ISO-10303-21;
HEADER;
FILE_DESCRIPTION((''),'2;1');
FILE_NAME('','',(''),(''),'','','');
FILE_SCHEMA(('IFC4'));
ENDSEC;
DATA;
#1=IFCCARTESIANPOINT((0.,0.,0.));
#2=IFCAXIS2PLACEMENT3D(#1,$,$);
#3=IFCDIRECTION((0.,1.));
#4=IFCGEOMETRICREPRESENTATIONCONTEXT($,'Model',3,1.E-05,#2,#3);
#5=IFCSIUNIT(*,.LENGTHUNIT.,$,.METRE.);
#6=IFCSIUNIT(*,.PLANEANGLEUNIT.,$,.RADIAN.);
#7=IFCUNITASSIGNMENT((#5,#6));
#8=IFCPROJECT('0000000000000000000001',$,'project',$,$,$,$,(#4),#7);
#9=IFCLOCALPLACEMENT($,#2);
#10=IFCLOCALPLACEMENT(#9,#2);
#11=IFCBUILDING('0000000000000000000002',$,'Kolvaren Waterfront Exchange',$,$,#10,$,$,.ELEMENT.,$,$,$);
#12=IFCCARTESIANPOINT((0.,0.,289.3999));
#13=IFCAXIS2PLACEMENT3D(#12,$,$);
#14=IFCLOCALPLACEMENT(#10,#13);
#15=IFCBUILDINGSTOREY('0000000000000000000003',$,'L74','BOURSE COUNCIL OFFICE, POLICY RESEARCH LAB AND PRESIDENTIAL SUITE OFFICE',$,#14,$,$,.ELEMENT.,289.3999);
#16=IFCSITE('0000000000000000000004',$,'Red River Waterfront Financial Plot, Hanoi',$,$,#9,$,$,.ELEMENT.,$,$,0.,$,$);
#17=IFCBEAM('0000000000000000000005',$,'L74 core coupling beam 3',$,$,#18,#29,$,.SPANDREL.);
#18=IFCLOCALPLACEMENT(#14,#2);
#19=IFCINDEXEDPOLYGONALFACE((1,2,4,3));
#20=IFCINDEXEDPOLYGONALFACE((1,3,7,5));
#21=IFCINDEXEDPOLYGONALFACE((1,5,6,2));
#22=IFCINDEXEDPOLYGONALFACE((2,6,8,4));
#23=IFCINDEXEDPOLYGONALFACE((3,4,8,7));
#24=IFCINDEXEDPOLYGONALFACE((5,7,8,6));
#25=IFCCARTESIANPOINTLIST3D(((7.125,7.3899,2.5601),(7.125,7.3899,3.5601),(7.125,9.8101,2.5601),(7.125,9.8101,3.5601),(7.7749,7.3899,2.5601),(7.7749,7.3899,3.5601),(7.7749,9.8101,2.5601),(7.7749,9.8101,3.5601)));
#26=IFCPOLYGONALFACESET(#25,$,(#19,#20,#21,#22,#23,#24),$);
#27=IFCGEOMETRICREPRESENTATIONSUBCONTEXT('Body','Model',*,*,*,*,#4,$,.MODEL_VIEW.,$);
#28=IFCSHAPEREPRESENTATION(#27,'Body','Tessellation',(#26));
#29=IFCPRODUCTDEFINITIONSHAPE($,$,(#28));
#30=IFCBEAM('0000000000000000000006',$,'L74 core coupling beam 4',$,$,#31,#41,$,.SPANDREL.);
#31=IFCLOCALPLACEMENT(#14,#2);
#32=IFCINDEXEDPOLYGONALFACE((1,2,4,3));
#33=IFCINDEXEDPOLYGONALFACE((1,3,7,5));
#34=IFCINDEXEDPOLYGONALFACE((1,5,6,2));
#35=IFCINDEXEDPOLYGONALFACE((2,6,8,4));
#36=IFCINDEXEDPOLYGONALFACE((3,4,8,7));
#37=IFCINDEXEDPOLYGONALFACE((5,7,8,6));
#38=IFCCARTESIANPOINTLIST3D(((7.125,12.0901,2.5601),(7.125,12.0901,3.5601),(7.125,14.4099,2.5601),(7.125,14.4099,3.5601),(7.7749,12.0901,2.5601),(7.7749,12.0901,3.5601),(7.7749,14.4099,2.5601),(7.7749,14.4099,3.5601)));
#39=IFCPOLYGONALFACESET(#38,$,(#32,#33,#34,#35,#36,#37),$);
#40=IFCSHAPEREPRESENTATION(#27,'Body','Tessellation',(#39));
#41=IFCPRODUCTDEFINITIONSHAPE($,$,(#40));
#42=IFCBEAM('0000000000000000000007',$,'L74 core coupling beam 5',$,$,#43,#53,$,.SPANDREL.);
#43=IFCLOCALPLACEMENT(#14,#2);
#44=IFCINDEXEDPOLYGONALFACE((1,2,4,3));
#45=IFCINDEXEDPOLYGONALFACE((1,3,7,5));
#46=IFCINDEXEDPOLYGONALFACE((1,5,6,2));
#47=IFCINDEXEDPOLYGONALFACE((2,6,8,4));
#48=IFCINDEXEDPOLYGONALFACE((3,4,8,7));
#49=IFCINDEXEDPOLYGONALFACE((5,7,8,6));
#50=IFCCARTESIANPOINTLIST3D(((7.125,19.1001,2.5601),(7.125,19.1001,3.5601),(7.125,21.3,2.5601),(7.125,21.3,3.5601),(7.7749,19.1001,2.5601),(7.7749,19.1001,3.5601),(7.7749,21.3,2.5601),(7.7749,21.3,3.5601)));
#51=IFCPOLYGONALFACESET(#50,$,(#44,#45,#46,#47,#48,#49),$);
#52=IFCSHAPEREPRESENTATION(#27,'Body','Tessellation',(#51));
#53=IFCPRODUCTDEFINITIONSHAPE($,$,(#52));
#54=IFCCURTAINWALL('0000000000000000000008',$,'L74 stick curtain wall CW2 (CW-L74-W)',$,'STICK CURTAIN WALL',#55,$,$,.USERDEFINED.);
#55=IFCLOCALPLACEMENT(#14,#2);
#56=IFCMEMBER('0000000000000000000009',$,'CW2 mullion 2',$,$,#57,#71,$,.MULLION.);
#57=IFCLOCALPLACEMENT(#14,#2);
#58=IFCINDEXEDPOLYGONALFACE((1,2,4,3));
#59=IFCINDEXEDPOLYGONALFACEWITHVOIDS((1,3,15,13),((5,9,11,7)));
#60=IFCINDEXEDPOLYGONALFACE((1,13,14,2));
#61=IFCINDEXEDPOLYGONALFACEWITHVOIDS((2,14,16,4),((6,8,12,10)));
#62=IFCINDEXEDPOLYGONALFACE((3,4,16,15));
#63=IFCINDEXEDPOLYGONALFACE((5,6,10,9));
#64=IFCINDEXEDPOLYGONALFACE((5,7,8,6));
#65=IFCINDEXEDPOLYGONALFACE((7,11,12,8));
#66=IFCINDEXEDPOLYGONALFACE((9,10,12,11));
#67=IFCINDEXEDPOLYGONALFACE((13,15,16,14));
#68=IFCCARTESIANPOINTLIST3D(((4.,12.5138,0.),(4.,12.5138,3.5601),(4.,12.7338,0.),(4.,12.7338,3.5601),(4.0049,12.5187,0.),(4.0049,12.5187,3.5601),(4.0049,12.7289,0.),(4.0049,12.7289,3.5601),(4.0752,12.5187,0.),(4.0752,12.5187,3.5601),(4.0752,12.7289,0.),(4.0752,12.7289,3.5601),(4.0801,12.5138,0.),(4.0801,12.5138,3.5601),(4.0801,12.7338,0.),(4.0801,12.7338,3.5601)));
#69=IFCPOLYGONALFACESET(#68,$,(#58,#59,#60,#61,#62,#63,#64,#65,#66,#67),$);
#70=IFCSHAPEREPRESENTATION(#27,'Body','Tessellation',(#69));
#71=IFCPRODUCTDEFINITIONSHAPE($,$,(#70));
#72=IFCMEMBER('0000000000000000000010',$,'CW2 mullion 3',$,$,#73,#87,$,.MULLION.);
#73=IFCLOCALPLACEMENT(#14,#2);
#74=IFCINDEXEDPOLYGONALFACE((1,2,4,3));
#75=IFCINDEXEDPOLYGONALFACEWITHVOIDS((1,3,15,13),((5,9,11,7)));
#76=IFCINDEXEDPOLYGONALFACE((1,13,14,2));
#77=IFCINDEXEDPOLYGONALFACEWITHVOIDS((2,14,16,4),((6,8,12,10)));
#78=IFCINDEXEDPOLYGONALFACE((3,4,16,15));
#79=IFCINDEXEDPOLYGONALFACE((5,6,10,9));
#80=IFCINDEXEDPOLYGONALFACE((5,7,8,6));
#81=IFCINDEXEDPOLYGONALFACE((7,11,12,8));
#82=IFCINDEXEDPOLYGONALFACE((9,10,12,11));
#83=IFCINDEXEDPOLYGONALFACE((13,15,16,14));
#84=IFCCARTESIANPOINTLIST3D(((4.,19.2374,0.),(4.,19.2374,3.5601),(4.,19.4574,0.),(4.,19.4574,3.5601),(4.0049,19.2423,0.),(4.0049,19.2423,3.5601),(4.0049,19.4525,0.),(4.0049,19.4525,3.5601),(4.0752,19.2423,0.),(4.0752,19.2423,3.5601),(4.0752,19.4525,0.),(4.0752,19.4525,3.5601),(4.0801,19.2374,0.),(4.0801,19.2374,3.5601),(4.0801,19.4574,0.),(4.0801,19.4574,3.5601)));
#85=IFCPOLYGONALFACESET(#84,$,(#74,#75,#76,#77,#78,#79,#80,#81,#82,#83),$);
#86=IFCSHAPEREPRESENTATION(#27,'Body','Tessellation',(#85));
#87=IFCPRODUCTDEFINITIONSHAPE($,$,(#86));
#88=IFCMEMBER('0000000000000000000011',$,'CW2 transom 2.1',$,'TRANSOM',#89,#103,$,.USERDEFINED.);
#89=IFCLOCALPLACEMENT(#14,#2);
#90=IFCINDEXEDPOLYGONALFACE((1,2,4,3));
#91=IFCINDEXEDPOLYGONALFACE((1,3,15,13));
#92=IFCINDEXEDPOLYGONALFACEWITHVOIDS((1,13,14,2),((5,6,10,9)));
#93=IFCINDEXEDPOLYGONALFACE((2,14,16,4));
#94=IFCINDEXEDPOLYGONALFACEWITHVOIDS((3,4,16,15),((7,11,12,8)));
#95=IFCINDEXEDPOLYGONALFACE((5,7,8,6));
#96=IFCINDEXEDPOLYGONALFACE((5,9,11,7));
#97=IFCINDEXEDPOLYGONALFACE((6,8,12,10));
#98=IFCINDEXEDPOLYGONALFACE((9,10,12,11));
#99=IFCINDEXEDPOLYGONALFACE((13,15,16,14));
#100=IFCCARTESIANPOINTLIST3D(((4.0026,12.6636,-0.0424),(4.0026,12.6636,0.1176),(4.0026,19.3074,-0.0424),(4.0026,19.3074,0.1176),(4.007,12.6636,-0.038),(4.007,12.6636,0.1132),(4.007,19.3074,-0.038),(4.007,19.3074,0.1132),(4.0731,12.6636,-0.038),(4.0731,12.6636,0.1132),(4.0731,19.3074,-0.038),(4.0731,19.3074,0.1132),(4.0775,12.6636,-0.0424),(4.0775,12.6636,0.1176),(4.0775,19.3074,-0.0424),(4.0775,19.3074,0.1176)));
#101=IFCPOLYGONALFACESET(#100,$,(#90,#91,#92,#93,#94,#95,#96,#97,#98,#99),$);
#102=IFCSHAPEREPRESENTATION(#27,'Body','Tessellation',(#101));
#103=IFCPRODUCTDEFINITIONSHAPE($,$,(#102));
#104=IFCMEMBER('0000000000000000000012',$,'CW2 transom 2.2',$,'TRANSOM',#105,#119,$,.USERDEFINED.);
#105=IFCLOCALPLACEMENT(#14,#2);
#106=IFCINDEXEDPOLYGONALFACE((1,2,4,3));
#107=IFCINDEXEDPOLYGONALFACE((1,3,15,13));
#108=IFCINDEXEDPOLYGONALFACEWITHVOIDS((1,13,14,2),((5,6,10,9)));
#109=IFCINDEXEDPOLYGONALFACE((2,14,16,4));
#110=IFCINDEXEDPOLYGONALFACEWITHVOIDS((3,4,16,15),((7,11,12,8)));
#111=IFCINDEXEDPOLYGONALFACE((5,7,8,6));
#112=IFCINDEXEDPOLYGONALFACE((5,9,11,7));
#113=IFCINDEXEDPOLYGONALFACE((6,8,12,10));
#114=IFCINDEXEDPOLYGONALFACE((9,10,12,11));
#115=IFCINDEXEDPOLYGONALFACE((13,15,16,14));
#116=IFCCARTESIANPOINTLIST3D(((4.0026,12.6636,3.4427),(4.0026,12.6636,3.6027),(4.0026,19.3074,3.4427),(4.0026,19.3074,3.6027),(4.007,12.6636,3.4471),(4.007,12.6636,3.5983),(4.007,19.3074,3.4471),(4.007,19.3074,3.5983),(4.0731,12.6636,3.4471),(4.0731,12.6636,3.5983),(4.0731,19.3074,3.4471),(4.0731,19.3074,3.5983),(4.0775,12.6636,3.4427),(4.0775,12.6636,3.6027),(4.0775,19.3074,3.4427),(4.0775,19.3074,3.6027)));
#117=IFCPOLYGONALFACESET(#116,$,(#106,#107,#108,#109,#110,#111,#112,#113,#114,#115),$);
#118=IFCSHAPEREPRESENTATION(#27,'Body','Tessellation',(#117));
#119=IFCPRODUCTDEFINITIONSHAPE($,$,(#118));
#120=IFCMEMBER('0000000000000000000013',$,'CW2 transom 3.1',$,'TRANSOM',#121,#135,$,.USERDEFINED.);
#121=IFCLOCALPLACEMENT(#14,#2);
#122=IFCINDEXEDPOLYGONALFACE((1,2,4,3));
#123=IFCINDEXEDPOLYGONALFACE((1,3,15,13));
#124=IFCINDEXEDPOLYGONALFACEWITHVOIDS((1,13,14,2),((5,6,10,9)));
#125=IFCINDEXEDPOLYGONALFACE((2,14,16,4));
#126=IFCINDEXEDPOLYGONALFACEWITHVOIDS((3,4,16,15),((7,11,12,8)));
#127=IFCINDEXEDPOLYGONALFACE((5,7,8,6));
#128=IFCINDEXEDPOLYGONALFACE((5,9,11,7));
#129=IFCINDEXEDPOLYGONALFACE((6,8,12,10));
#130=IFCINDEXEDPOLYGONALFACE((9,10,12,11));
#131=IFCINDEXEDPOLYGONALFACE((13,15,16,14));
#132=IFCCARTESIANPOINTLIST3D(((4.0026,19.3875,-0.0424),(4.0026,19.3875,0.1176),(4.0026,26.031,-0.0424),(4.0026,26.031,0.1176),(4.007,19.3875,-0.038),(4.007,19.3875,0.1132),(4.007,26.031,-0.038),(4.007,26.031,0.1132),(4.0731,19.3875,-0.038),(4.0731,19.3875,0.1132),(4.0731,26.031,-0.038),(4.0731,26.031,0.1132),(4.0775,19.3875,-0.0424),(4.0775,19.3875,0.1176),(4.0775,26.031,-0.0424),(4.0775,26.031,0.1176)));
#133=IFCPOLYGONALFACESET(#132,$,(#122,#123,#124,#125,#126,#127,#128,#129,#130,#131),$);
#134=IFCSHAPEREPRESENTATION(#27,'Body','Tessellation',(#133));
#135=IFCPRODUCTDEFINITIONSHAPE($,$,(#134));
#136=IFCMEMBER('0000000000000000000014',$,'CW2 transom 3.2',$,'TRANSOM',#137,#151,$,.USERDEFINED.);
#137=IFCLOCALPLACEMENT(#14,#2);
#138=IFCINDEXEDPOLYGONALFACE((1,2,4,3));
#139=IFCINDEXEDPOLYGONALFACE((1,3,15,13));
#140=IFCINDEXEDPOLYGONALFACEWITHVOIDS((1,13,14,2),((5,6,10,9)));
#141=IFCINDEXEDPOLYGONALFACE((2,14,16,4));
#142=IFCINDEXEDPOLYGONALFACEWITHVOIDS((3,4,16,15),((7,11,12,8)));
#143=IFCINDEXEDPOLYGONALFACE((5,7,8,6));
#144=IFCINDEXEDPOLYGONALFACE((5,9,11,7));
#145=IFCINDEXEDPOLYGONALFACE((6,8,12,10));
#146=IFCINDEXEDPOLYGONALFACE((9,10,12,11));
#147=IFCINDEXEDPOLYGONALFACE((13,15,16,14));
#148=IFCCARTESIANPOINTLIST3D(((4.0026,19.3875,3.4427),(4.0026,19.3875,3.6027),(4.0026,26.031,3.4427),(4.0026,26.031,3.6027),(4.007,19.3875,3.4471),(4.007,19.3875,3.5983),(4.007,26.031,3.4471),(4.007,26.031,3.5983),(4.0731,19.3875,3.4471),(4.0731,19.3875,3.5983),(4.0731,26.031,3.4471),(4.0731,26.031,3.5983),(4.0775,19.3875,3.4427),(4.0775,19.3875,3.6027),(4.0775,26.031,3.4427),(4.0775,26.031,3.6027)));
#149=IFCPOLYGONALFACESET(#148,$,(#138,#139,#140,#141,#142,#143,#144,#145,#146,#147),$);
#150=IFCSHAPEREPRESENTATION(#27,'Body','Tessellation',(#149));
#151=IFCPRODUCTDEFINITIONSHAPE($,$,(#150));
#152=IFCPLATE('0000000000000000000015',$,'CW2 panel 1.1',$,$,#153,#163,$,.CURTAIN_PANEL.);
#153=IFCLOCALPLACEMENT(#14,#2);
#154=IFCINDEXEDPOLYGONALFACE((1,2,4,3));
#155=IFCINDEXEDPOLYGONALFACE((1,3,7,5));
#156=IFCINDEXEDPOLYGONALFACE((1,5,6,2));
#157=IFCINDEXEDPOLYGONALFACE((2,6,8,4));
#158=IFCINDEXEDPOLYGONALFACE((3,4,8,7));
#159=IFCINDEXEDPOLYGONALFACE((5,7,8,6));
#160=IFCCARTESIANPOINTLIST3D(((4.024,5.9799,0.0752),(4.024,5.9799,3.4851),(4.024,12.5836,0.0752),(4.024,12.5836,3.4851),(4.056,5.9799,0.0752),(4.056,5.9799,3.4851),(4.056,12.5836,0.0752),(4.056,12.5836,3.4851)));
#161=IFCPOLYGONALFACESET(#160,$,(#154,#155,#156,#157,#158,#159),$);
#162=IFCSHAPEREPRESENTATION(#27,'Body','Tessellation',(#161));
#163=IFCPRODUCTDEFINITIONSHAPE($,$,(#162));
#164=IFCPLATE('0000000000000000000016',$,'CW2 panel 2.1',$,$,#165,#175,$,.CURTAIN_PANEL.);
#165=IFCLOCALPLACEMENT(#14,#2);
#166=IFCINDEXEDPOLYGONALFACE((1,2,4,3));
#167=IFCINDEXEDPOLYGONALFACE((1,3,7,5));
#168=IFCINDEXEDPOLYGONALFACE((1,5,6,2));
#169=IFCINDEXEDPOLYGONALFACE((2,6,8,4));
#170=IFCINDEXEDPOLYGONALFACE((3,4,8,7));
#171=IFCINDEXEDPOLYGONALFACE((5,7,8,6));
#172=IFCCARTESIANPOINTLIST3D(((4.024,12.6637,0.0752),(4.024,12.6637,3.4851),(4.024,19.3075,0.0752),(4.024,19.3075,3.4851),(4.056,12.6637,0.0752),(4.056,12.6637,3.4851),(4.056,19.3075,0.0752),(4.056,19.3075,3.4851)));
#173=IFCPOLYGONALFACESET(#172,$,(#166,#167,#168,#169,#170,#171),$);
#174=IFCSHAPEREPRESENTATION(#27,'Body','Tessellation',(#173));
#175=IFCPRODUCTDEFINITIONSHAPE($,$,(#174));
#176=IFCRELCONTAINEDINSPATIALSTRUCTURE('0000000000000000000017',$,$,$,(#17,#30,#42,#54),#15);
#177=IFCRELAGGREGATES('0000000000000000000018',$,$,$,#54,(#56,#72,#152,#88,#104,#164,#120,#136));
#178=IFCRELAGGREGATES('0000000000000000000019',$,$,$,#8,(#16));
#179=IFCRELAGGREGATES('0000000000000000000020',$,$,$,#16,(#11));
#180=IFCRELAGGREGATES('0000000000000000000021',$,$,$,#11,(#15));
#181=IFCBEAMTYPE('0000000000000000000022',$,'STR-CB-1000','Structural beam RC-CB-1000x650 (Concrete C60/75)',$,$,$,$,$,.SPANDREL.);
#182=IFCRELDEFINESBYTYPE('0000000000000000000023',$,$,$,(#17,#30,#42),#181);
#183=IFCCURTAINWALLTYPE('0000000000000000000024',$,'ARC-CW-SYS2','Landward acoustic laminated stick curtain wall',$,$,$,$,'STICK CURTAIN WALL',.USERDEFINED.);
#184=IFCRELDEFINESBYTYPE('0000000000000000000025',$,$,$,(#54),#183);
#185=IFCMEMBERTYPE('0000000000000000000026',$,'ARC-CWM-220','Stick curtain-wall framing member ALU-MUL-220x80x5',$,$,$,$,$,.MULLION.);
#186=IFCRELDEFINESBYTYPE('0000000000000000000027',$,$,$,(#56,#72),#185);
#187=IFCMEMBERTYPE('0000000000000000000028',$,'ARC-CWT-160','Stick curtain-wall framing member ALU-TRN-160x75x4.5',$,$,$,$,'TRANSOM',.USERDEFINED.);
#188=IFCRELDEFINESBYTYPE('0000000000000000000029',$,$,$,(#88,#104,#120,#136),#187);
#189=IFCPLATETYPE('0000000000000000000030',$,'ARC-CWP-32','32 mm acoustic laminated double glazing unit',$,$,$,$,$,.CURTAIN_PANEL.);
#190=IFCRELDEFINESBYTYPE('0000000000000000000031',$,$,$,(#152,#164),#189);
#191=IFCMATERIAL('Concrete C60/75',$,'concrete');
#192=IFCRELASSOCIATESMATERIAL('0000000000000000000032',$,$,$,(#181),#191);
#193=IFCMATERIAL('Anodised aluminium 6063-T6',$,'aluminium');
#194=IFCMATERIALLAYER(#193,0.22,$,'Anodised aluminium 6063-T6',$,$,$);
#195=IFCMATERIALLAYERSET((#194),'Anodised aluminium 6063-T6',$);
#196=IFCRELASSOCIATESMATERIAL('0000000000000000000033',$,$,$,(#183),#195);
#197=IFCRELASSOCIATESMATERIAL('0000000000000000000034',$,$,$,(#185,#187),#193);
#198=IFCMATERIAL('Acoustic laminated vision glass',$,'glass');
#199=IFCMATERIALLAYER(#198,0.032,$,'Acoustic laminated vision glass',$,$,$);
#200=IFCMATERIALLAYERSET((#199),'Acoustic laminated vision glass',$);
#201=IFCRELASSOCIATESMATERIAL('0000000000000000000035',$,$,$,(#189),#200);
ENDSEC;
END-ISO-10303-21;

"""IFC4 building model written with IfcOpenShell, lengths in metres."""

from ifc_helpers import new_model, si_unit, direction, frame, origin, origin_with_axes, origin_2d, place, context, subcontext, project, spatial, rectangle, hollow_rectangle, extrude, source, transform, mapped, material, layer, layer_set, material_profile, profile_set, type_object, element, aggregate, save


model = new_model("IFC4")

# Units and contexts
model_context = context("Model", 3, precision=1e-05, world=origin(), true_north=direction((0.0, 1.0)))
body_context = subcontext(model_context, "Body", "Model", "MODEL_VIEW")
ifc_project = project(units=[si_unit("LENGTHUNIT", "METRE"), si_unit("PLANEANGLEUNIT", "RADIAN")], contexts=[model_context])

# Site, building, storey
site_placement = place(None, origin())
site = spatial("IfcSite", under=ifc_project, at=site_placement, Name="Red River Waterfront Financial Plot, Hanoi", CompositionType="ELEMENT", RefElevation=0.0)
building_placement = place(site_placement, origin())
building = spatial("IfcBuilding", under=site, at=building_placement, Name="Kolvaren Waterfront Exchange", CompositionType="ELEMENT")
storey_placement = place(building_placement, frame((0.0, 0.0, 289.3999)))
storey = spatial("IfcBuildingStorey", under=building, at=storey_placement, Name="L74", Description="BOURSE COUNCIL OFFICE, POLICY RESEARCH LAB AND PRESIDENTIAL SUITE OFFICE", CompositionType="ELEMENT", Elevation=289.3999)

# Beams
ifc_material_1 = material(Name="Concrete C60/75", Category="concrete")
ifc_material_profile_1 = material_profile(ifc_material_1, rectangle(XDim=0.6499, YDim=1.0, at=origin_2d()), Name="RC-CB-1000x650")
ifc_profile_set_1 = profile_set([ifc_material_profile_1], Name="Concrete C60/75")
beam_type = type_object("IfcBeamType", Name="STR-CB-1000", Description="Structural beam RC-CB-1000x650 (Concrete C60/75)", PredefinedType="SPANDREL", material=ifc_profile_set_1)
beam_1_placement = place(storey_placement, frame((7.45, 7.3899, 3.0601), z_axis=(0.0, 1.0, 0.0), x_axis=(-1.0, 0.0, 0.0)))
element("IfcBeam", 1, at=beam_1_placement, inside=storey, type_object=beam_type, Name="L74 core coupling beam 3", PredefinedType="SPANDREL", context=body_context, shape_type="SweptSolid", body=[
    extrude(rectangle(XDim=0.6499, YDim=1.0, at=origin_2d()), origin(), (0.0, 0.0, 1.0), 2.4202),
])
beam_2_placement = place(storey_placement, frame((7.45, 12.0901, 3.0601), z_axis=(0.0, 1.0, 0.0), x_axis=(-1.0, 0.0, 0.0)))
element("IfcBeam", 2, at=beam_2_placement, inside=storey, type_object=beam_type, Name="L74 core coupling beam 4", PredefinedType="SPANDREL", context=body_context, shape_type="SweptSolid", body=[
    extrude(rectangle(XDim=0.6499, YDim=1.0, at=origin_2d()), origin(), (0.0, 0.0, 1.0), 2.3198),
])
beam_3_placement = place(storey_placement, frame((7.45, 19.1001, 3.0601), z_axis=(0.0, 1.0, 0.0), x_axis=(-1.0, 0.0, 0.0)))
element("IfcBeam", 3, at=beam_3_placement, inside=storey, type_object=beam_type, Name="L74 core coupling beam 5", PredefinedType="SPANDREL", context=body_context, shape_type="SweptSolid", body=[
    extrude(rectangle(XDim=0.6499, YDim=1.0, at=origin_2d()), origin(), (0.0, 0.0, 1.0), 2.2),
])

# Curtain wall, members, plates
ifc_material_2 = material(Name="Anodised aluminium 6063-T6", Category="aluminium")
ifc_layer_1 = layer(ifc_material_2, 0.22, Name="Anodised aluminium 6063-T6")
ifc_layer_set_1 = layer_set([ifc_layer_1], Name="Anodised aluminium 6063-T6")
curtain_wall_type = type_object("IfcCurtainWallType", Name="ARC-CW-SYS2", Description="Landward acoustic laminated stick curtain wall", ElementType="STICK CURTAIN WALL", PredefinedType="USERDEFINED", material=ifc_layer_set_1)
curtain_wall_placement = place(storey_placement, origin())
curtain_wall = element("IfcCurtainWall", 4, at=curtain_wall_placement, inside=storey, type_object=curtain_wall_type, Name="L74 stick curtain wall CW2 (CW-L74-W)", ObjectType="STICK CURTAIN WALL", PredefinedType="USERDEFINED")
ifc_material_profile_2 = material_profile(ifc_material_2, hollow_rectangle(XDim=0.0801, YDim=0.22, WallThickness=0.0049, at=origin_2d()), Name="ALU-MUL-220x80x5")
ifc_profile_set_2 = profile_set([ifc_material_profile_2], Name="Anodised aluminium 6063-T6")
member_type_1 = type_object("IfcMemberType", Name="ARC-CWM-220", Description="Stick curtain-wall framing member ALU-MUL-220x80x5", PredefinedType="MULLION", material=ifc_profile_set_2)
shared_shape_1 = source(origin_with_axes(), body_context, "Body", "SweptSolid", [
    extrude(hollow_rectangle(XDim=0.0801, YDim=0.22, WallThickness=0.0049, at=origin_2d()), origin(), (0.0, 0.0, 1.0), 3.5601),
])
member_1_placement = place(storey_placement, frame((4.04, 12.6238, 0.0), z_axis=(0.0, 0.0, 1.0), x_axis=(-1.0, 0.0, 0.0)))
member_1 = element("IfcMember", 5, at=member_1_placement, type_object=member_type_1, Name="CW2 mullion 2", PredefinedType="MULLION", context=body_context, shape_type="MappedRepresentation", body=[
    mapped(shared_shape_1, transform((0.0, 0.0, 0.0), x_axis=(1.0, 0.0, 0.0), y_axis=(0.0, 1.0, 0.0), z_axis=(0.0, 0.0, 1.0), scale=1.0)),
])
member_2_placement = place(storey_placement, frame((4.04, 19.3474, 0.0), z_axis=(0.0, 0.0, 1.0), x_axis=(-1.0, 0.0, 0.0)))
member_2 = element("IfcMember", 6, at=member_2_placement, type_object=member_type_1, Name="CW2 mullion 3", PredefinedType="MULLION", context=body_context, shape_type="MappedRepresentation", body=[
    mapped(shared_shape_1, transform((0.0, 0.0, 0.0), x_axis=(1.0, 0.0, 0.0), y_axis=(0.0, 1.0, 0.0), z_axis=(0.0, 0.0, 1.0), scale=1.0)),
])
ifc_material_profile_3 = material_profile(ifc_material_2, hollow_rectangle(XDim=0.075, YDim=0.1599, WallThickness=0.0044, at=origin_2d()), Name="ALU-TRN-160x75x4.5")
ifc_profile_set_3 = profile_set([ifc_material_profile_3], Name="Anodised aluminium 6063-T6")
member_type_2 = type_object("IfcMemberType", Name="ARC-CWT-160", Description="Stick curtain-wall framing member ALU-TRN-160x75x4.5", ElementType="TRANSOM", PredefinedType="USERDEFINED", material=ifc_profile_set_3)
shared_shape_2 = source(origin_with_axes(), body_context, "Body", "SweptSolid", [
    extrude(hollow_rectangle(XDim=0.075, YDim=0.1599, WallThickness=0.0044, at=origin_2d()), origin(), (0.0, 0.0, 1.0), 6.6438),
])
member_3_placement = place(storey_placement, frame((4.04, 12.6636, 0.0376), z_axis=(0.0, 1.0, 0.0), x_axis=(-1.0, 0.0, 0.0)))
member_3 = element("IfcMember", 7, at=member_3_placement, type_object=member_type_2, Name="CW2 transom 2.1", ObjectType="TRANSOM", PredefinedType="USERDEFINED", context=body_context, shape_type="MappedRepresentation", body=[
    mapped(shared_shape_2, transform((0.0, 0.0, 0.0), x_axis=(1.0, 0.0, 0.0), y_axis=(0.0, 1.0, 0.0), z_axis=(0.0, 0.0, 1.0), scale=1.0)),
])
member_4_placement = place(storey_placement, frame((4.04, 12.6636, 3.5227), z_axis=(0.0, 1.0, 0.0), x_axis=(-1.0, 0.0, 0.0)))
member_4 = element("IfcMember", 8, at=member_4_placement, type_object=member_type_2, Name="CW2 transom 2.2", ObjectType="TRANSOM", PredefinedType="USERDEFINED", context=body_context, shape_type="MappedRepresentation", body=[
    mapped(shared_shape_2, transform((0.0, 0.0, 0.0), x_axis=(1.0, 0.0, 0.0), y_axis=(0.0, 1.0, 0.0), z_axis=(0.0, 0.0, 1.0), scale=1.0)),
])
shared_shape_3 = source(origin_with_axes(), body_context, "Body", "SweptSolid", [
    extrude(hollow_rectangle(XDim=0.075, YDim=0.1599, WallThickness=0.0044, at=origin_2d()), origin(), (0.0, 0.0, 1.0), 6.6436),
])
member_5_placement = place(storey_placement, frame((4.04, 19.3875, 0.0376), z_axis=(0.0, 1.0, 0.0), x_axis=(-1.0, 0.0, 0.0)))
member_5 = element("IfcMember", 9, at=member_5_placement, type_object=member_type_2, Name="CW2 transom 3.1", ObjectType="TRANSOM", PredefinedType="USERDEFINED", context=body_context, shape_type="MappedRepresentation", body=[
    mapped(shared_shape_3, transform((0.0, 0.0, 0.0), x_axis=(1.0, 0.0, 0.0), y_axis=(0.0, 1.0, 0.0), z_axis=(0.0, 0.0, 1.0), scale=1.0)),
])
member_6_placement = place(storey_placement, frame((4.04, 19.3875, 3.5227), z_axis=(0.0, 1.0, 0.0), x_axis=(-1.0, 0.0, 0.0)))
member_6 = element("IfcMember", 10, at=member_6_placement, type_object=member_type_2, Name="CW2 transom 3.2", ObjectType="TRANSOM", PredefinedType="USERDEFINED", context=body_context, shape_type="MappedRepresentation", body=[
    mapped(shared_shape_3, transform((0.0, 0.0, 0.0), x_axis=(1.0, 0.0, 0.0), y_axis=(0.0, 1.0, 0.0), z_axis=(0.0, 0.0, 1.0), scale=1.0)),
])
ifc_material_3 = material(Name="Acoustic laminated vision glass", Category="glass")
ifc_layer_2 = layer(ifc_material_3, 0.032, Name="Acoustic laminated vision glass")
ifc_layer_set_2 = layer_set([ifc_layer_2], Name="Acoustic laminated vision glass")
plate_type = type_object("IfcPlateType", Name="ARC-CWP-32", Description="32 mm acoustic laminated double glazing unit", PredefinedType="CURTAIN_PANEL", material=ifc_layer_set_2)
shared_shape_4 = source(origin_with_axes(), body_context, "Body", "SweptSolid", [
    extrude(rectangle(XDim=6.6038, YDim=0.032, at=origin_2d()), origin(), (0.0, 0.0, 1.0), 3.4099),
])
plate_1_placement = place(storey_placement, frame((4.04, 9.2817, 0.0752), z_axis=(0.0, 0.0, 1.0), x_axis=(0.0, 1.0, 0.0)))
plate_1 = element("IfcPlate", 11, at=plate_1_placement, type_object=plate_type, Name="CW2 panel 1.1", PredefinedType="CURTAIN_PANEL", context=body_context, shape_type="MappedRepresentation", body=[
    mapped(shared_shape_4, transform((0.0, 0.0, 0.0), x_axis=(1.0, 0.0, 0.0), y_axis=(0.0, 1.0, 0.0), z_axis=(0.0, 0.0, 1.0), scale=1.0)),
])
shared_shape_5 = source(origin_with_axes(), body_context, "Body", "SweptSolid", [
    extrude(rectangle(XDim=6.6438, YDim=0.032, at=origin_2d()), origin(), (0.0, 0.0, 1.0), 3.4099),
])
plate_2_placement = place(storey_placement, frame((4.04, 15.9856, 0.0752), z_axis=(0.0, 0.0, 1.0), x_axis=(0.0, 1.0, 0.0)))
plate_2 = element("IfcPlate", 12, at=plate_2_placement, type_object=plate_type, Name="CW2 panel 2.1", PredefinedType="CURTAIN_PANEL", context=body_context, shape_type="MappedRepresentation", body=[
    mapped(shared_shape_5, transform((0.0, 0.0, 0.0), x_axis=(1.0, 0.0, 0.0), y_axis=(0.0, 1.0, 0.0), z_axis=(0.0, 0.0, 1.0), scale=1.0)),
])
aggregate(curtain_wall, [member_1, member_2, plate_1, member_3, member_4, plate_2, member_5, member_6])

save(model, "model.ifc")
